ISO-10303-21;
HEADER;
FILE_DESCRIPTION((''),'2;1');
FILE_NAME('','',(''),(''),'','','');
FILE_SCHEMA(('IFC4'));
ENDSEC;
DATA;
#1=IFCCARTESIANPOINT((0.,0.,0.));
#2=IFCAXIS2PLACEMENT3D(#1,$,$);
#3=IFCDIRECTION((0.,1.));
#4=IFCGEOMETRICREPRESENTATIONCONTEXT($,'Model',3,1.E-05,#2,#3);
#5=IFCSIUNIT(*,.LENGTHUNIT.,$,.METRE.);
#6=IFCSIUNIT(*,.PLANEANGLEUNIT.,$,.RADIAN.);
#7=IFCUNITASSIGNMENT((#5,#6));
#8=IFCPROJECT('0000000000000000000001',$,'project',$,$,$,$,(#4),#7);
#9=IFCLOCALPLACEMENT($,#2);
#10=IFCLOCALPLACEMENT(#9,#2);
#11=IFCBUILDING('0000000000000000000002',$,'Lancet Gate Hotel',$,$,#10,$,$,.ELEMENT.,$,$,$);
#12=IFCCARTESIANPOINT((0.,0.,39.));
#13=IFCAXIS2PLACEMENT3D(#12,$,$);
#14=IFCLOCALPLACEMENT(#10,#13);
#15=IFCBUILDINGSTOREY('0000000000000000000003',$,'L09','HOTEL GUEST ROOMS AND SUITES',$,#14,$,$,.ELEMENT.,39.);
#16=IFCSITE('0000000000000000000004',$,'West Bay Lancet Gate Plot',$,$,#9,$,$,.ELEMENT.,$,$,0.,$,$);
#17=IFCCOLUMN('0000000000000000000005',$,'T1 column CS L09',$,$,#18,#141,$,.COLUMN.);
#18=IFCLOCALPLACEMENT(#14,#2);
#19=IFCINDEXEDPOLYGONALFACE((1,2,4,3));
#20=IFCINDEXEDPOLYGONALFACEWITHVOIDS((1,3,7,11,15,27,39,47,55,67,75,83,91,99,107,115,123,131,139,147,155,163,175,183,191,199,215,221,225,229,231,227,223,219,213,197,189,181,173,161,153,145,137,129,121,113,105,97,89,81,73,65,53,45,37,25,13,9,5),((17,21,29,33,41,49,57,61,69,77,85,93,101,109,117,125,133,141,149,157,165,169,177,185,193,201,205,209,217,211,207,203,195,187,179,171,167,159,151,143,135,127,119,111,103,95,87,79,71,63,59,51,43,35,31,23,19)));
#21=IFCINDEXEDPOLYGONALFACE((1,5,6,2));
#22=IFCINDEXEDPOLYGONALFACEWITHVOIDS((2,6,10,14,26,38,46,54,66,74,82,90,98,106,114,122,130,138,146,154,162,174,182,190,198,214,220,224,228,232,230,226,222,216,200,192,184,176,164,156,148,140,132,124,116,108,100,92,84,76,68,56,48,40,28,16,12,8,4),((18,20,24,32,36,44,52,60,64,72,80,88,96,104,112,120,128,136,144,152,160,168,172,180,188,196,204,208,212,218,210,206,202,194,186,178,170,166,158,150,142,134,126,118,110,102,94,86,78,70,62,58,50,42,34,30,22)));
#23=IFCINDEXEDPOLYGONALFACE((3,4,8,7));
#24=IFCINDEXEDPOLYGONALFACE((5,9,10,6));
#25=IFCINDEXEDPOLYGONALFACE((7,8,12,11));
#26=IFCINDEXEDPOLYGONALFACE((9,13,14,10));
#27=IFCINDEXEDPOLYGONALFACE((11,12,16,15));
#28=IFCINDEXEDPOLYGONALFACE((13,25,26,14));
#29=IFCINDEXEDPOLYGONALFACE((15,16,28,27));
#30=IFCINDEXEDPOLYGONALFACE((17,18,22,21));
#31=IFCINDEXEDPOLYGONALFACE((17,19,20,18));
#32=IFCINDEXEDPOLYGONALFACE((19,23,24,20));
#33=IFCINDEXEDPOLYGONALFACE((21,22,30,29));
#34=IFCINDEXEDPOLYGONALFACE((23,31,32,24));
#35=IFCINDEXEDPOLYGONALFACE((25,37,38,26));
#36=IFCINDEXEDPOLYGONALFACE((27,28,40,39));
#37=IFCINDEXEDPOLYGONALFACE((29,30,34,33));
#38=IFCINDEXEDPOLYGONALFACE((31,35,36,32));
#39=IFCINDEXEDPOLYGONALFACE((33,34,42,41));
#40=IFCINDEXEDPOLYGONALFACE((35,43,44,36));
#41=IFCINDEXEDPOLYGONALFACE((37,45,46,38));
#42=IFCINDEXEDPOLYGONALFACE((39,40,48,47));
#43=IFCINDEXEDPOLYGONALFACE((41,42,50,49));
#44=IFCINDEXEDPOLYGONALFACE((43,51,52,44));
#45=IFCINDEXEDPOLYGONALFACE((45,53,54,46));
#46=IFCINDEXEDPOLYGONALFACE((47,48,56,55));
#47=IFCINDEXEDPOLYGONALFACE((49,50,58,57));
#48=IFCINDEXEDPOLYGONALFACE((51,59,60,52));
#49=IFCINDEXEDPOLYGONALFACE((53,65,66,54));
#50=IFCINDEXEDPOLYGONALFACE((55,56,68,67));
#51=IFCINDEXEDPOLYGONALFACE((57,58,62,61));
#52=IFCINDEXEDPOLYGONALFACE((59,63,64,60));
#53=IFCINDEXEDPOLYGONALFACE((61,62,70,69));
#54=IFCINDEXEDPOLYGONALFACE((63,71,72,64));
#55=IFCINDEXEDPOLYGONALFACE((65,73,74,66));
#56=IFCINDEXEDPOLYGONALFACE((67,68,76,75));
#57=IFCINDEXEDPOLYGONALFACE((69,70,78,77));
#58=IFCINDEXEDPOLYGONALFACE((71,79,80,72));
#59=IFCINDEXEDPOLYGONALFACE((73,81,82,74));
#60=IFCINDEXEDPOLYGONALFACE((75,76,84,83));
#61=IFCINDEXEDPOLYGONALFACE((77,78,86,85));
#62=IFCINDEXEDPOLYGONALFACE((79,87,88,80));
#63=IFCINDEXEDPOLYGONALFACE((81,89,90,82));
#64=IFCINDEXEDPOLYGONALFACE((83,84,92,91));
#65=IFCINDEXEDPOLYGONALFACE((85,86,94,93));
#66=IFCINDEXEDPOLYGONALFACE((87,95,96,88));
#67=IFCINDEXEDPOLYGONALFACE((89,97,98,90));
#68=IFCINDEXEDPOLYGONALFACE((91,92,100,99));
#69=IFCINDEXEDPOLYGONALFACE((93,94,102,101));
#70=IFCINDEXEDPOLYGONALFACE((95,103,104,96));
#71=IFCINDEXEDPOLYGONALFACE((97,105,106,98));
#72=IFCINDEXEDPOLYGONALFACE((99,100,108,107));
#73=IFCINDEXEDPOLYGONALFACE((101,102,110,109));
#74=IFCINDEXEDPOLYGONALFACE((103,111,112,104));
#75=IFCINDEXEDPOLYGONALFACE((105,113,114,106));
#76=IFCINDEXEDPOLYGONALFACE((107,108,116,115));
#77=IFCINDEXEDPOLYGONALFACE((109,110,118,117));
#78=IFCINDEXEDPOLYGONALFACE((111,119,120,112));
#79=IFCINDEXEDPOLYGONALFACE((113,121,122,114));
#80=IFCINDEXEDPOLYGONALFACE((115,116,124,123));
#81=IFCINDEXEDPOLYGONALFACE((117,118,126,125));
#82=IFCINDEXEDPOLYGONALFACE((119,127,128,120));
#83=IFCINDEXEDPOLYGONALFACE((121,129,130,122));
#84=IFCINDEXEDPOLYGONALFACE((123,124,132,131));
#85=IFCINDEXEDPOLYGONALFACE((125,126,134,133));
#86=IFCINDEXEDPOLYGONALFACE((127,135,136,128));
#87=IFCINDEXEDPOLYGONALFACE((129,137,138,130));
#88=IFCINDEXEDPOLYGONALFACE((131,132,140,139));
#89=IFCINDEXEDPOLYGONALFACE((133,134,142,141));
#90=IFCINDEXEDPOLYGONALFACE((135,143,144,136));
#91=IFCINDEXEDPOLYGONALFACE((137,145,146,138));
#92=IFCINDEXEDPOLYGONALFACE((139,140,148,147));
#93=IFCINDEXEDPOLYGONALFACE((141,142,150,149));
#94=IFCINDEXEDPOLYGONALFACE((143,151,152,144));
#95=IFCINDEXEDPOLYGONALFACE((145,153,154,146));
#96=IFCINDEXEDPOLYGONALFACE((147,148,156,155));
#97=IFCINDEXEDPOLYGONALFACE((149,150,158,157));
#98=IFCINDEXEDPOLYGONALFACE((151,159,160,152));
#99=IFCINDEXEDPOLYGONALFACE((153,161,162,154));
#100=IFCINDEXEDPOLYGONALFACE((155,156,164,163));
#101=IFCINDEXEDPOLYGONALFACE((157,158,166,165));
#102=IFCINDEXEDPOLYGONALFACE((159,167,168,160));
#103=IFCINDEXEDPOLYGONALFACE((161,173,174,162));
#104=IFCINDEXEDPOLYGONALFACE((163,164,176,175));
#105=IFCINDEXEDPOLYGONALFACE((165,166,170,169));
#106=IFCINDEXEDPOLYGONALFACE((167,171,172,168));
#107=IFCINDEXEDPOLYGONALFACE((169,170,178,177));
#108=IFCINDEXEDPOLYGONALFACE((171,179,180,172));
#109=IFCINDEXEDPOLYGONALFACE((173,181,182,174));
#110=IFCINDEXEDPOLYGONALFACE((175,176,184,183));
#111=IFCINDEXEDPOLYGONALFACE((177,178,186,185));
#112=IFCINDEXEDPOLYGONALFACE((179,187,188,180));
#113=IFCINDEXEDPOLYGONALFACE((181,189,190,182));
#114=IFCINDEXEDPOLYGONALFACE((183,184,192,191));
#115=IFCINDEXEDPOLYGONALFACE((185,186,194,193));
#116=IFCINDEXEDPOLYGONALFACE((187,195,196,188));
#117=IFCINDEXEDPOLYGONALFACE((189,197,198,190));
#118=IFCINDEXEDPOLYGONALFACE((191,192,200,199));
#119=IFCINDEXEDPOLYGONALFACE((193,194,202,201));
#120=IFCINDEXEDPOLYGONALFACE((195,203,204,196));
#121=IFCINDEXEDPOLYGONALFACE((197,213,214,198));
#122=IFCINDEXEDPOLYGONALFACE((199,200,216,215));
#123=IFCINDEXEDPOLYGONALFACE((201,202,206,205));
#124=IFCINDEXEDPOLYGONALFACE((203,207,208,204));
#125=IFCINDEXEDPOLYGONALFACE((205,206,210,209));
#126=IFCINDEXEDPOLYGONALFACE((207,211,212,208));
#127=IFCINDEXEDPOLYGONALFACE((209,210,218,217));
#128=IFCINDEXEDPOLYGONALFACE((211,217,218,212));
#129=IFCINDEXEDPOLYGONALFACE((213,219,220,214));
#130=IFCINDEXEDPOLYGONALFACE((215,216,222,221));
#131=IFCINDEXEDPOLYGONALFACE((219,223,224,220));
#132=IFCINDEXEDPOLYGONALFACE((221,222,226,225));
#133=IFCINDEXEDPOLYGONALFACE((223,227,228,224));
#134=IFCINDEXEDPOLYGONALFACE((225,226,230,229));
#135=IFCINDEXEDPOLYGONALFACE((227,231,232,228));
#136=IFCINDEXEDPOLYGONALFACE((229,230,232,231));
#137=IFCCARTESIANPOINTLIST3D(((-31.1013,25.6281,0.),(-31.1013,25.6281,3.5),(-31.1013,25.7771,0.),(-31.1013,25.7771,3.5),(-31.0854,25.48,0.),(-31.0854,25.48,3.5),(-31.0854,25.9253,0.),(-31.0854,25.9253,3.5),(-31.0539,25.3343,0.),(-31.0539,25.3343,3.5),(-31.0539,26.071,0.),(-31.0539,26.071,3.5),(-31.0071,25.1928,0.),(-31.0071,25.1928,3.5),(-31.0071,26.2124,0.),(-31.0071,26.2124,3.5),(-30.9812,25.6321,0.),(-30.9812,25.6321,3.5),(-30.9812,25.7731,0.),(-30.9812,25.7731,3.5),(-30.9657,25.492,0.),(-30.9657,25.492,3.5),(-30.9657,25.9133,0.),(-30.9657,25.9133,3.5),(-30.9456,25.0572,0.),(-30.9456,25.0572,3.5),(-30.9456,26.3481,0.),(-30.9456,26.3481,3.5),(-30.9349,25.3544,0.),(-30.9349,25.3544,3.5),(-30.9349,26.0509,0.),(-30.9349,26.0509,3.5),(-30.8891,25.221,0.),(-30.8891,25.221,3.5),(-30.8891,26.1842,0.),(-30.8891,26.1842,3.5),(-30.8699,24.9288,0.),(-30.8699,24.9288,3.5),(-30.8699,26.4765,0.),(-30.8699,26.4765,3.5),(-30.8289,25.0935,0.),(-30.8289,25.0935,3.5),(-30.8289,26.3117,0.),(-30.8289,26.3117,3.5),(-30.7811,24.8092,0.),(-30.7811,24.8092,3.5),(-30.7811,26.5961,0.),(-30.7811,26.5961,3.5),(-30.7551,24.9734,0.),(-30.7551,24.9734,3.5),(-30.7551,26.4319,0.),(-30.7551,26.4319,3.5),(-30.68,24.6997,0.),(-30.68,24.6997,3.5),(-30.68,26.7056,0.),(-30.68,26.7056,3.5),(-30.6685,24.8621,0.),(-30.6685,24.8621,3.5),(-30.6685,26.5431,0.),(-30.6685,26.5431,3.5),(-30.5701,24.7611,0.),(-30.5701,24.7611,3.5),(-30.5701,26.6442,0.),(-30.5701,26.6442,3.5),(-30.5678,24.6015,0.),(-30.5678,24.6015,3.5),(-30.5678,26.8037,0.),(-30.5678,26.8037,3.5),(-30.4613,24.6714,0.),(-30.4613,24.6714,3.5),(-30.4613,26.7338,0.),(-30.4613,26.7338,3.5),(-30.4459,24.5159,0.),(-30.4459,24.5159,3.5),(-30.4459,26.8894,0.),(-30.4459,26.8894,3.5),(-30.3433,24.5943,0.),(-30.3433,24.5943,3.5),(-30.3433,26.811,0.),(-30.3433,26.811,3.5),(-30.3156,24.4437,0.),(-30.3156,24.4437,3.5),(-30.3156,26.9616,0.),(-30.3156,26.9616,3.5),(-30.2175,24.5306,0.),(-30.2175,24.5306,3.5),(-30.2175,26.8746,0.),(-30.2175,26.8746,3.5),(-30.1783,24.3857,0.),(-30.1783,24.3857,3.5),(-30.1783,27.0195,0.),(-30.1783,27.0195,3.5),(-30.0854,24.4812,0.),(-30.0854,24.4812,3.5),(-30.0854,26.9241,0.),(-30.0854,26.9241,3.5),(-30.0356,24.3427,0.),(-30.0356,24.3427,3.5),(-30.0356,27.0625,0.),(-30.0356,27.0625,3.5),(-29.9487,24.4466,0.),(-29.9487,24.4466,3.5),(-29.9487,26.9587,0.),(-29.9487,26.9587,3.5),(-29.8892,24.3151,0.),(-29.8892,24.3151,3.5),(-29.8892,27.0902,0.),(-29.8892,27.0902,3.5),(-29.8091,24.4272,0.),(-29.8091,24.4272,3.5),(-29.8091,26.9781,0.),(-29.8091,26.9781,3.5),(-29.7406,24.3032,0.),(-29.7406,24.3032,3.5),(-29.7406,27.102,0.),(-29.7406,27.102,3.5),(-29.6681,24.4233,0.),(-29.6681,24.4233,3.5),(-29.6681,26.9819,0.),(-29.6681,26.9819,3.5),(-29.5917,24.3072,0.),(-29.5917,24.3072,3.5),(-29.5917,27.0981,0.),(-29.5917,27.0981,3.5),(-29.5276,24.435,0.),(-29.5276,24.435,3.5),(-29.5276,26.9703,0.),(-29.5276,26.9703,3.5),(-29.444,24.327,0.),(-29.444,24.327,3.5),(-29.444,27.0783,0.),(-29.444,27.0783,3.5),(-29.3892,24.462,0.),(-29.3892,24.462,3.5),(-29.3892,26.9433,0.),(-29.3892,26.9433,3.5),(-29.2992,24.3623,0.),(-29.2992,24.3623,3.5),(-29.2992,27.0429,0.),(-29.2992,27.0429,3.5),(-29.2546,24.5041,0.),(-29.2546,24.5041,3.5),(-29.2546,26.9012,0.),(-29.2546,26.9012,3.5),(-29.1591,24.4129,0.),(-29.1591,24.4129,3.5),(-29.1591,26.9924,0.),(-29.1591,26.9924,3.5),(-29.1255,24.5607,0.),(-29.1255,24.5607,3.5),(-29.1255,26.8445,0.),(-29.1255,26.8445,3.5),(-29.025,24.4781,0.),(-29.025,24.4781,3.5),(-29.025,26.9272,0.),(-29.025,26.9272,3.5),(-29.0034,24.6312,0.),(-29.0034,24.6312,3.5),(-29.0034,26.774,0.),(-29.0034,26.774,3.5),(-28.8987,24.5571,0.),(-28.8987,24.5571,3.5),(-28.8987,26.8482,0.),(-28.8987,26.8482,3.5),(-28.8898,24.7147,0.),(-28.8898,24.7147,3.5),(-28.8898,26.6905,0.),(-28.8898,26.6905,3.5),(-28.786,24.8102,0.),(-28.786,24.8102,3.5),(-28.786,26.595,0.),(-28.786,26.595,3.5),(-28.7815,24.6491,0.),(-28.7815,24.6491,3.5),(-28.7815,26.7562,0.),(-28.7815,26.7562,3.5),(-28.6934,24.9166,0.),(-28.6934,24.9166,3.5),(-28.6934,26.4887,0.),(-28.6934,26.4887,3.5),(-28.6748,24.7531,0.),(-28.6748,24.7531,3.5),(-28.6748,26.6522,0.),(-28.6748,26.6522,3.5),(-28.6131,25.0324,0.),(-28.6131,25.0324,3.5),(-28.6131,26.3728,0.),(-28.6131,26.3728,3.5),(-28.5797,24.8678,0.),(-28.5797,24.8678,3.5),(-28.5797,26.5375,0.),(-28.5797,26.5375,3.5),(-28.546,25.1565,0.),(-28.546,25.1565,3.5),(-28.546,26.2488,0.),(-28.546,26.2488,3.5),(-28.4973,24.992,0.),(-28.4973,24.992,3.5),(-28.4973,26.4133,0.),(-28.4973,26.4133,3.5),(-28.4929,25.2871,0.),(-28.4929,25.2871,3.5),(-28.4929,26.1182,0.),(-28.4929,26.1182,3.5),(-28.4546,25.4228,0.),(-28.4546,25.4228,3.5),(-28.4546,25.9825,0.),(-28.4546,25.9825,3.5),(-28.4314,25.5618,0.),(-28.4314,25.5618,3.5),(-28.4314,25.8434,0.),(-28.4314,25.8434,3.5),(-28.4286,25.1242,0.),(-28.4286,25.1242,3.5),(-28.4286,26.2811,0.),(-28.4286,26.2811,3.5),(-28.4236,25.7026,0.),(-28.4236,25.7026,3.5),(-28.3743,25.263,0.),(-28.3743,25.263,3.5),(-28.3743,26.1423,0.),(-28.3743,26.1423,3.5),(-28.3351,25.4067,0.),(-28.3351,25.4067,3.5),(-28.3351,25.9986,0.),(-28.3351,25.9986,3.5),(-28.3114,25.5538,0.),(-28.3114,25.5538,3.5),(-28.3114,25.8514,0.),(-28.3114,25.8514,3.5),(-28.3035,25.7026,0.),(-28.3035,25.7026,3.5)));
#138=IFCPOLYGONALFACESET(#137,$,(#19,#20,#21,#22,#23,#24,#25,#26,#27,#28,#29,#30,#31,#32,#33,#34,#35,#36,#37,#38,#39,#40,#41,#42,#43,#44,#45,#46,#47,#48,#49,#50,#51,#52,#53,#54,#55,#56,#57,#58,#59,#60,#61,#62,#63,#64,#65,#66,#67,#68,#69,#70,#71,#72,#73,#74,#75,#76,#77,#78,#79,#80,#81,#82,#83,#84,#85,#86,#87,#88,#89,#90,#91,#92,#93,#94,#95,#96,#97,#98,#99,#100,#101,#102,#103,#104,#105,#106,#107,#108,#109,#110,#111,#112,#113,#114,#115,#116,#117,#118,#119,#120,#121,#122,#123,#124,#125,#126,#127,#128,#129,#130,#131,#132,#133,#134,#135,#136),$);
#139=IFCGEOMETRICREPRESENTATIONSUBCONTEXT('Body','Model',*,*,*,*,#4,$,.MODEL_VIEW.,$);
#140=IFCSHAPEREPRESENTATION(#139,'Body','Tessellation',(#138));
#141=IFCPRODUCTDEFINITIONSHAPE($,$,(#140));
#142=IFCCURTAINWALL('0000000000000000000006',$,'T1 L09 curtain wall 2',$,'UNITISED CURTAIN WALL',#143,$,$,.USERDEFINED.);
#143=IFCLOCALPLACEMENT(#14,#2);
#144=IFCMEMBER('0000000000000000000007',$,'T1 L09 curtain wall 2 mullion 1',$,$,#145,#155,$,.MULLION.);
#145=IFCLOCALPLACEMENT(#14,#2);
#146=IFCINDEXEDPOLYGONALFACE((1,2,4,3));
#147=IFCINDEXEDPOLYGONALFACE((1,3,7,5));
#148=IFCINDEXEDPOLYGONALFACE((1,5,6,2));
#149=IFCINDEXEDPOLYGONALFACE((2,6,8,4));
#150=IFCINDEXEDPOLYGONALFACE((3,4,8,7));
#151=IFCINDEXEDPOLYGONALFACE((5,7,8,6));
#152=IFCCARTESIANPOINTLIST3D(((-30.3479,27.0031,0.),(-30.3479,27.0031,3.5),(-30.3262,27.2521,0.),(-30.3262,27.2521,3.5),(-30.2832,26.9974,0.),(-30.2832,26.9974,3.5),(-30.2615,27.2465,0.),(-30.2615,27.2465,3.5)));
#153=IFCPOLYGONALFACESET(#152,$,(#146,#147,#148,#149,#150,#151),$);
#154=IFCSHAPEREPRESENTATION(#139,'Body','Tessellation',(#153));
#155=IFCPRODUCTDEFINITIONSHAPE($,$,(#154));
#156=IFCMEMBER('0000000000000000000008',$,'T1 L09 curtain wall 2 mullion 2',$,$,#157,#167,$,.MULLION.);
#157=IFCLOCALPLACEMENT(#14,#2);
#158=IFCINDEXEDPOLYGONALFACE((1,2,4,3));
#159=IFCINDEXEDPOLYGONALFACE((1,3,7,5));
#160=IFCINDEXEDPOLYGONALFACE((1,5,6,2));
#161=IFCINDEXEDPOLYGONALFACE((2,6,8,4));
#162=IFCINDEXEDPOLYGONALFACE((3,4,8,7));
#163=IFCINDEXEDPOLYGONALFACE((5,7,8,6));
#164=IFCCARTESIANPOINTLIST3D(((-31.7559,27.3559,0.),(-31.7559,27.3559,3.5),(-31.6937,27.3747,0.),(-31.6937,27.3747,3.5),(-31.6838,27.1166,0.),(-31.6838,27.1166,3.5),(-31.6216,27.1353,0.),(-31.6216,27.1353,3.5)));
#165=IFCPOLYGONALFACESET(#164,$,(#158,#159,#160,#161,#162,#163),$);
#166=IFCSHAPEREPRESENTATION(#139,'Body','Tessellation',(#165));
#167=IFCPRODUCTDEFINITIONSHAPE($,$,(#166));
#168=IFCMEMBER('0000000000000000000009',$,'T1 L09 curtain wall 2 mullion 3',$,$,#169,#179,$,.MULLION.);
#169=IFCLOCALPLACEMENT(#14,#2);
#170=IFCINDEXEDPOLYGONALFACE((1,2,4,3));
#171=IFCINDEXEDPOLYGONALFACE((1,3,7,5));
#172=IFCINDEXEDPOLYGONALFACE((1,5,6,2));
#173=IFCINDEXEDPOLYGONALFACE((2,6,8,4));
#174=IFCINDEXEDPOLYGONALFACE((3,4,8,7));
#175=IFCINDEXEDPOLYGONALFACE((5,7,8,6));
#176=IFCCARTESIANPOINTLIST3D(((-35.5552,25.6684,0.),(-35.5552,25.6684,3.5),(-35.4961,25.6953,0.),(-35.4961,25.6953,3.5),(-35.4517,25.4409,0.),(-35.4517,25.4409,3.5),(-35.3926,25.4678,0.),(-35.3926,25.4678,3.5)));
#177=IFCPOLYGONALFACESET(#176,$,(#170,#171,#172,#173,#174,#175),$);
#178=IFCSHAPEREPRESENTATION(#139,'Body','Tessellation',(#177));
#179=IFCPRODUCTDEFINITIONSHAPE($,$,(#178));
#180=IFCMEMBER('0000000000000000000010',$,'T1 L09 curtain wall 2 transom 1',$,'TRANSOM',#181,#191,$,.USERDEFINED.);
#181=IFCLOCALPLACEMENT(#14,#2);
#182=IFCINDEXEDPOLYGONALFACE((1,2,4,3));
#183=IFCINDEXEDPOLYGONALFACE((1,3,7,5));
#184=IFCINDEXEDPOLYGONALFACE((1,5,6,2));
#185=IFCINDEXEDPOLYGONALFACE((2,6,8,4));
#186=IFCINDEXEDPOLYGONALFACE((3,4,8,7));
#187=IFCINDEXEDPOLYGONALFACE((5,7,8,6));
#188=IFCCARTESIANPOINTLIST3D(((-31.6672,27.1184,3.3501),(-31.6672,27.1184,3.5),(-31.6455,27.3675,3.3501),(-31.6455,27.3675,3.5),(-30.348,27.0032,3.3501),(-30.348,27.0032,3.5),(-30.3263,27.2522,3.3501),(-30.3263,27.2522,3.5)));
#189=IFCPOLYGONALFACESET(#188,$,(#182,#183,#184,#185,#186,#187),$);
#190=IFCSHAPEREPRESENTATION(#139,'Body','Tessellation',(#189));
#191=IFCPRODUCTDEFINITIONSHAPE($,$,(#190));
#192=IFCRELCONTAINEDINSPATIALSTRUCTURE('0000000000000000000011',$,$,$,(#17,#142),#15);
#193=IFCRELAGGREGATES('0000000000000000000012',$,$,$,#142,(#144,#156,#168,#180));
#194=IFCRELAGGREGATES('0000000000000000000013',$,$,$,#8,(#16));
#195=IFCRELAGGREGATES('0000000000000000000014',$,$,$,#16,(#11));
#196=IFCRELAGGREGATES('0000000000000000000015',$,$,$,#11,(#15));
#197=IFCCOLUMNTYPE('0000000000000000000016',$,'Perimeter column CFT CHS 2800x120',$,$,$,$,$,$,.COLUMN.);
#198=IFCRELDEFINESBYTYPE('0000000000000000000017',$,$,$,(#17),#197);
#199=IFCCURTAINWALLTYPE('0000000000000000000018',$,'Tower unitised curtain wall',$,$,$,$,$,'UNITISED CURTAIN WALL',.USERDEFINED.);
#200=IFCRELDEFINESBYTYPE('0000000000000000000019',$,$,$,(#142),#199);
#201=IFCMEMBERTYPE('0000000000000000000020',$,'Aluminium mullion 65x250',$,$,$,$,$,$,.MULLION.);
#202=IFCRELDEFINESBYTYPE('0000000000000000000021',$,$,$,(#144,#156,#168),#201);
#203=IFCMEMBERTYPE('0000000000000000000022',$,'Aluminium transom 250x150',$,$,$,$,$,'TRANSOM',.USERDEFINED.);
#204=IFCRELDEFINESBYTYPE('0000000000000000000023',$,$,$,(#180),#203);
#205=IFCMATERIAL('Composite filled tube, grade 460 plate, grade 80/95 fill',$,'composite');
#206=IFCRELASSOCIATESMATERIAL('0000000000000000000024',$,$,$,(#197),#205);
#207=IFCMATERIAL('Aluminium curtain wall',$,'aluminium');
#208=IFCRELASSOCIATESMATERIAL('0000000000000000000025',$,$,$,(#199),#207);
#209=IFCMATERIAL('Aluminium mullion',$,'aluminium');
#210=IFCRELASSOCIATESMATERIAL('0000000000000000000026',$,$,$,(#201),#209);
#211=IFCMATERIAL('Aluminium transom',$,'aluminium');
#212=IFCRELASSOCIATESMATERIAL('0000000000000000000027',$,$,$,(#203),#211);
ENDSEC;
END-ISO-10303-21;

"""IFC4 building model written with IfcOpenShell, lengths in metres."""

from ifc_helpers import new_model, si_unit, direction, frame, origin, origin_2d, place, context, subcontext, project, spatial, rectangle, hollow_circle, extrude, material, material_profile, profile_set, type_object, element, aggregate, save


model = new_model("IFC4")

# Units and contexts
model_context = context("Model", 3, precision=1e-05, world=origin(), true_north=direction((0.0, 1.0)))
body_context = subcontext(model_context, "Body", "Model", "MODEL_VIEW")
ifc_project = project(units=[si_unit("LENGTHUNIT", "METRE"), si_unit("PLANEANGLEUNIT", "RADIAN")], contexts=[model_context])

# Site, building, storey
site_placement = place(None, origin())
site = spatial("IfcSite", under=ifc_project, at=site_placement, Name="West Bay Lancet Gate Plot", CompositionType="ELEMENT", RefElevation=0.0)
building_placement = place(site_placement, origin())
building = spatial("IfcBuilding", under=site, at=building_placement, Name="Lancet Gate Hotel", CompositionType="ELEMENT")
storey_placement = place(building_placement, frame((0.0, 0.0, 39.0)))
storey = spatial("IfcBuildingStorey", under=building, at=storey_placement, Name="L09", Description="HOTEL GUEST ROOMS AND SUITES", CompositionType="ELEMENT", Elevation=39.0)

# Column
ifc_material_1 = material(Name="Composite filled tube, grade 460 plate, grade 80/95 fill", Category="composite")
ifc_material_profile_1 = material_profile(ifc_material_1, hollow_circle(Radius=1.3999, WallThickness=0.1201, at=origin_2d()), Name="CHS 2800x120")
ifc_profile_set_1 = profile_set([ifc_material_profile_1], Name="Composite filled tube, grade 460 plate, grade 80/95 fill")
column_type = type_object("IfcColumnType", Name="Perimeter column CFT CHS 2800x120", PredefinedType="COLUMN", material=ifc_profile_set_1)
column_placement = place(storey_placement, frame((-29.7034, 25.7026, 0.0), z_axis=(0.0, 0.0, 1.0), x_axis=(1.0, 0.0, 0.0)))
element("IfcColumn", 1, at=column_placement, inside=storey, type_object=column_type, Name="T1 column CS L09", PredefinedType="COLUMN", context=body_context, shape_type="SweptSolid", body=[
    extrude(hollow_circle(Radius=1.3999, WallThickness=0.1201, at=origin_2d()), origin(), (0.0, 0.0, 1.0), 3.5),
])

# Curtain wall, members
ifc_material_2 = material(Name="Aluminium curtain wall", Category="aluminium")
curtain_wall_type = type_object("IfcCurtainWallType", Name="Tower unitised curtain wall", ElementType="UNITISED CURTAIN WALL", PredefinedType="USERDEFINED", material=ifc_material_2)
curtain_wall_placement = place(storey_placement, origin())
curtain_wall = element("IfcCurtainWall", 2, at=curtain_wall_placement, inside=storey, type_object=curtain_wall_type, Name="T1 L09 curtain wall 2", ObjectType="UNITISED CURTAIN WALL", PredefinedType="USERDEFINED")
ifc_material_3 = material(Name="Aluminium mullion", Category="aluminium")
ifc_material_profile_2 = material_profile(ifc_material_3, rectangle(XDim=0.0649, YDim=0.25, at=origin_2d()), Name="MULLION 65x250")
ifc_profile_set_2 = profile_set([ifc_material_profile_2], Name="Aluminium mullion")
member_type_1 = type_object("IfcMemberType", Name="Aluminium mullion 65x250", PredefinedType="MULLION", material=ifc_profile_set_2)
member_1_placement = place(storey_placement, frame((-30.3047, 27.1248, 0.0), z_axis=(0.0, 0.0, 1.0), x_axis=(-0.996204, 0.087052, 0.0)))
member_1 = element("IfcMember", 3, at=member_1_placement, type_object=member_type_1, Name="T1 L09 curtain wall 2 mullion 1", PredefinedType="MULLION", context=body_context, shape_type="SweptSolid", body=[
    extrude(rectangle(XDim=0.0649, YDim=0.25, at=origin_2d()), origin(), (0.0, 0.0, 1.0), 3.5),
])
member_2_placement = place(storey_placement, frame((-31.6887, 27.2456, 0.0), z_axis=(0.0, 0.0, 1.0), x_axis=(-0.957524, -0.288352, 0.0)))
member_2 = element("IfcMember", 4, at=member_2_placement, type_object=member_type_1, Name="T1 L09 curtain wall 2 mullion 2", PredefinedType="MULLION", context=body_context, shape_type="SweptSolid", body=[
    extrude(rectangle(XDim=0.0649, YDim=0.25, at=origin_2d()), origin(), (0.0, 0.0, 1.0), 3.5),
])
member_3_placement = place(storey_placement, frame((-35.4739, 25.5681, 0.0), z_axis=(0.0, 0.0, 1.0), x_axis=(-0.91022, -0.414126, 0.0)))
member_3 = element("IfcMember", 5, at=member_3_placement, type_object=member_type_1, Name="T1 L09 curtain wall 2 mullion 3", PredefinedType="MULLION", context=body_context, shape_type="SweptSolid", body=[
    extrude(rectangle(XDim=0.0649, YDim=0.25, at=origin_2d()), origin(), (0.0, 0.0, 1.0), 3.5),
])
ifc_material_4 = material(Name="Aluminium transom", Category="aluminium")
ifc_material_profile_3 = material_profile(ifc_material_4, rectangle(XDim=0.25, YDim=0.1499, at=origin_2d()), Name="TRANSOM 250x150")
ifc_profile_set_3 = profile_set([ifc_material_profile_3], Name="Aluminium transom")
member_type_2 = type_object("IfcMemberType", Name="Aluminium transom 250x150", ElementType="TRANSOM", PredefinedType="USERDEFINED", material=ifc_profile_set_3)
member_4_placement = place(storey_placement, frame((-30.3372, 27.1277, 3.425), z_axis=(-0.996206, 0.087027, 0.0), x_axis=(-0.087027, -0.996206, 0.0)))
member_4 = element("IfcMember", 6, at=member_4_placement, type_object=member_type_2, Name="T1 L09 curtain wall 2 transom 1", ObjectType="TRANSOM", PredefinedType="USERDEFINED", context=body_context, shape_type="SweptSolid", body=[
    extrude(rectangle(XDim=0.25, YDim=0.1499, at=origin_2d()), origin(), (0.0, 0.0, 1.0), 1.3242),
])

aggregate(curtain_wall, [member_1, member_2, member_3, member_4])

save(model, "model.ifc")
